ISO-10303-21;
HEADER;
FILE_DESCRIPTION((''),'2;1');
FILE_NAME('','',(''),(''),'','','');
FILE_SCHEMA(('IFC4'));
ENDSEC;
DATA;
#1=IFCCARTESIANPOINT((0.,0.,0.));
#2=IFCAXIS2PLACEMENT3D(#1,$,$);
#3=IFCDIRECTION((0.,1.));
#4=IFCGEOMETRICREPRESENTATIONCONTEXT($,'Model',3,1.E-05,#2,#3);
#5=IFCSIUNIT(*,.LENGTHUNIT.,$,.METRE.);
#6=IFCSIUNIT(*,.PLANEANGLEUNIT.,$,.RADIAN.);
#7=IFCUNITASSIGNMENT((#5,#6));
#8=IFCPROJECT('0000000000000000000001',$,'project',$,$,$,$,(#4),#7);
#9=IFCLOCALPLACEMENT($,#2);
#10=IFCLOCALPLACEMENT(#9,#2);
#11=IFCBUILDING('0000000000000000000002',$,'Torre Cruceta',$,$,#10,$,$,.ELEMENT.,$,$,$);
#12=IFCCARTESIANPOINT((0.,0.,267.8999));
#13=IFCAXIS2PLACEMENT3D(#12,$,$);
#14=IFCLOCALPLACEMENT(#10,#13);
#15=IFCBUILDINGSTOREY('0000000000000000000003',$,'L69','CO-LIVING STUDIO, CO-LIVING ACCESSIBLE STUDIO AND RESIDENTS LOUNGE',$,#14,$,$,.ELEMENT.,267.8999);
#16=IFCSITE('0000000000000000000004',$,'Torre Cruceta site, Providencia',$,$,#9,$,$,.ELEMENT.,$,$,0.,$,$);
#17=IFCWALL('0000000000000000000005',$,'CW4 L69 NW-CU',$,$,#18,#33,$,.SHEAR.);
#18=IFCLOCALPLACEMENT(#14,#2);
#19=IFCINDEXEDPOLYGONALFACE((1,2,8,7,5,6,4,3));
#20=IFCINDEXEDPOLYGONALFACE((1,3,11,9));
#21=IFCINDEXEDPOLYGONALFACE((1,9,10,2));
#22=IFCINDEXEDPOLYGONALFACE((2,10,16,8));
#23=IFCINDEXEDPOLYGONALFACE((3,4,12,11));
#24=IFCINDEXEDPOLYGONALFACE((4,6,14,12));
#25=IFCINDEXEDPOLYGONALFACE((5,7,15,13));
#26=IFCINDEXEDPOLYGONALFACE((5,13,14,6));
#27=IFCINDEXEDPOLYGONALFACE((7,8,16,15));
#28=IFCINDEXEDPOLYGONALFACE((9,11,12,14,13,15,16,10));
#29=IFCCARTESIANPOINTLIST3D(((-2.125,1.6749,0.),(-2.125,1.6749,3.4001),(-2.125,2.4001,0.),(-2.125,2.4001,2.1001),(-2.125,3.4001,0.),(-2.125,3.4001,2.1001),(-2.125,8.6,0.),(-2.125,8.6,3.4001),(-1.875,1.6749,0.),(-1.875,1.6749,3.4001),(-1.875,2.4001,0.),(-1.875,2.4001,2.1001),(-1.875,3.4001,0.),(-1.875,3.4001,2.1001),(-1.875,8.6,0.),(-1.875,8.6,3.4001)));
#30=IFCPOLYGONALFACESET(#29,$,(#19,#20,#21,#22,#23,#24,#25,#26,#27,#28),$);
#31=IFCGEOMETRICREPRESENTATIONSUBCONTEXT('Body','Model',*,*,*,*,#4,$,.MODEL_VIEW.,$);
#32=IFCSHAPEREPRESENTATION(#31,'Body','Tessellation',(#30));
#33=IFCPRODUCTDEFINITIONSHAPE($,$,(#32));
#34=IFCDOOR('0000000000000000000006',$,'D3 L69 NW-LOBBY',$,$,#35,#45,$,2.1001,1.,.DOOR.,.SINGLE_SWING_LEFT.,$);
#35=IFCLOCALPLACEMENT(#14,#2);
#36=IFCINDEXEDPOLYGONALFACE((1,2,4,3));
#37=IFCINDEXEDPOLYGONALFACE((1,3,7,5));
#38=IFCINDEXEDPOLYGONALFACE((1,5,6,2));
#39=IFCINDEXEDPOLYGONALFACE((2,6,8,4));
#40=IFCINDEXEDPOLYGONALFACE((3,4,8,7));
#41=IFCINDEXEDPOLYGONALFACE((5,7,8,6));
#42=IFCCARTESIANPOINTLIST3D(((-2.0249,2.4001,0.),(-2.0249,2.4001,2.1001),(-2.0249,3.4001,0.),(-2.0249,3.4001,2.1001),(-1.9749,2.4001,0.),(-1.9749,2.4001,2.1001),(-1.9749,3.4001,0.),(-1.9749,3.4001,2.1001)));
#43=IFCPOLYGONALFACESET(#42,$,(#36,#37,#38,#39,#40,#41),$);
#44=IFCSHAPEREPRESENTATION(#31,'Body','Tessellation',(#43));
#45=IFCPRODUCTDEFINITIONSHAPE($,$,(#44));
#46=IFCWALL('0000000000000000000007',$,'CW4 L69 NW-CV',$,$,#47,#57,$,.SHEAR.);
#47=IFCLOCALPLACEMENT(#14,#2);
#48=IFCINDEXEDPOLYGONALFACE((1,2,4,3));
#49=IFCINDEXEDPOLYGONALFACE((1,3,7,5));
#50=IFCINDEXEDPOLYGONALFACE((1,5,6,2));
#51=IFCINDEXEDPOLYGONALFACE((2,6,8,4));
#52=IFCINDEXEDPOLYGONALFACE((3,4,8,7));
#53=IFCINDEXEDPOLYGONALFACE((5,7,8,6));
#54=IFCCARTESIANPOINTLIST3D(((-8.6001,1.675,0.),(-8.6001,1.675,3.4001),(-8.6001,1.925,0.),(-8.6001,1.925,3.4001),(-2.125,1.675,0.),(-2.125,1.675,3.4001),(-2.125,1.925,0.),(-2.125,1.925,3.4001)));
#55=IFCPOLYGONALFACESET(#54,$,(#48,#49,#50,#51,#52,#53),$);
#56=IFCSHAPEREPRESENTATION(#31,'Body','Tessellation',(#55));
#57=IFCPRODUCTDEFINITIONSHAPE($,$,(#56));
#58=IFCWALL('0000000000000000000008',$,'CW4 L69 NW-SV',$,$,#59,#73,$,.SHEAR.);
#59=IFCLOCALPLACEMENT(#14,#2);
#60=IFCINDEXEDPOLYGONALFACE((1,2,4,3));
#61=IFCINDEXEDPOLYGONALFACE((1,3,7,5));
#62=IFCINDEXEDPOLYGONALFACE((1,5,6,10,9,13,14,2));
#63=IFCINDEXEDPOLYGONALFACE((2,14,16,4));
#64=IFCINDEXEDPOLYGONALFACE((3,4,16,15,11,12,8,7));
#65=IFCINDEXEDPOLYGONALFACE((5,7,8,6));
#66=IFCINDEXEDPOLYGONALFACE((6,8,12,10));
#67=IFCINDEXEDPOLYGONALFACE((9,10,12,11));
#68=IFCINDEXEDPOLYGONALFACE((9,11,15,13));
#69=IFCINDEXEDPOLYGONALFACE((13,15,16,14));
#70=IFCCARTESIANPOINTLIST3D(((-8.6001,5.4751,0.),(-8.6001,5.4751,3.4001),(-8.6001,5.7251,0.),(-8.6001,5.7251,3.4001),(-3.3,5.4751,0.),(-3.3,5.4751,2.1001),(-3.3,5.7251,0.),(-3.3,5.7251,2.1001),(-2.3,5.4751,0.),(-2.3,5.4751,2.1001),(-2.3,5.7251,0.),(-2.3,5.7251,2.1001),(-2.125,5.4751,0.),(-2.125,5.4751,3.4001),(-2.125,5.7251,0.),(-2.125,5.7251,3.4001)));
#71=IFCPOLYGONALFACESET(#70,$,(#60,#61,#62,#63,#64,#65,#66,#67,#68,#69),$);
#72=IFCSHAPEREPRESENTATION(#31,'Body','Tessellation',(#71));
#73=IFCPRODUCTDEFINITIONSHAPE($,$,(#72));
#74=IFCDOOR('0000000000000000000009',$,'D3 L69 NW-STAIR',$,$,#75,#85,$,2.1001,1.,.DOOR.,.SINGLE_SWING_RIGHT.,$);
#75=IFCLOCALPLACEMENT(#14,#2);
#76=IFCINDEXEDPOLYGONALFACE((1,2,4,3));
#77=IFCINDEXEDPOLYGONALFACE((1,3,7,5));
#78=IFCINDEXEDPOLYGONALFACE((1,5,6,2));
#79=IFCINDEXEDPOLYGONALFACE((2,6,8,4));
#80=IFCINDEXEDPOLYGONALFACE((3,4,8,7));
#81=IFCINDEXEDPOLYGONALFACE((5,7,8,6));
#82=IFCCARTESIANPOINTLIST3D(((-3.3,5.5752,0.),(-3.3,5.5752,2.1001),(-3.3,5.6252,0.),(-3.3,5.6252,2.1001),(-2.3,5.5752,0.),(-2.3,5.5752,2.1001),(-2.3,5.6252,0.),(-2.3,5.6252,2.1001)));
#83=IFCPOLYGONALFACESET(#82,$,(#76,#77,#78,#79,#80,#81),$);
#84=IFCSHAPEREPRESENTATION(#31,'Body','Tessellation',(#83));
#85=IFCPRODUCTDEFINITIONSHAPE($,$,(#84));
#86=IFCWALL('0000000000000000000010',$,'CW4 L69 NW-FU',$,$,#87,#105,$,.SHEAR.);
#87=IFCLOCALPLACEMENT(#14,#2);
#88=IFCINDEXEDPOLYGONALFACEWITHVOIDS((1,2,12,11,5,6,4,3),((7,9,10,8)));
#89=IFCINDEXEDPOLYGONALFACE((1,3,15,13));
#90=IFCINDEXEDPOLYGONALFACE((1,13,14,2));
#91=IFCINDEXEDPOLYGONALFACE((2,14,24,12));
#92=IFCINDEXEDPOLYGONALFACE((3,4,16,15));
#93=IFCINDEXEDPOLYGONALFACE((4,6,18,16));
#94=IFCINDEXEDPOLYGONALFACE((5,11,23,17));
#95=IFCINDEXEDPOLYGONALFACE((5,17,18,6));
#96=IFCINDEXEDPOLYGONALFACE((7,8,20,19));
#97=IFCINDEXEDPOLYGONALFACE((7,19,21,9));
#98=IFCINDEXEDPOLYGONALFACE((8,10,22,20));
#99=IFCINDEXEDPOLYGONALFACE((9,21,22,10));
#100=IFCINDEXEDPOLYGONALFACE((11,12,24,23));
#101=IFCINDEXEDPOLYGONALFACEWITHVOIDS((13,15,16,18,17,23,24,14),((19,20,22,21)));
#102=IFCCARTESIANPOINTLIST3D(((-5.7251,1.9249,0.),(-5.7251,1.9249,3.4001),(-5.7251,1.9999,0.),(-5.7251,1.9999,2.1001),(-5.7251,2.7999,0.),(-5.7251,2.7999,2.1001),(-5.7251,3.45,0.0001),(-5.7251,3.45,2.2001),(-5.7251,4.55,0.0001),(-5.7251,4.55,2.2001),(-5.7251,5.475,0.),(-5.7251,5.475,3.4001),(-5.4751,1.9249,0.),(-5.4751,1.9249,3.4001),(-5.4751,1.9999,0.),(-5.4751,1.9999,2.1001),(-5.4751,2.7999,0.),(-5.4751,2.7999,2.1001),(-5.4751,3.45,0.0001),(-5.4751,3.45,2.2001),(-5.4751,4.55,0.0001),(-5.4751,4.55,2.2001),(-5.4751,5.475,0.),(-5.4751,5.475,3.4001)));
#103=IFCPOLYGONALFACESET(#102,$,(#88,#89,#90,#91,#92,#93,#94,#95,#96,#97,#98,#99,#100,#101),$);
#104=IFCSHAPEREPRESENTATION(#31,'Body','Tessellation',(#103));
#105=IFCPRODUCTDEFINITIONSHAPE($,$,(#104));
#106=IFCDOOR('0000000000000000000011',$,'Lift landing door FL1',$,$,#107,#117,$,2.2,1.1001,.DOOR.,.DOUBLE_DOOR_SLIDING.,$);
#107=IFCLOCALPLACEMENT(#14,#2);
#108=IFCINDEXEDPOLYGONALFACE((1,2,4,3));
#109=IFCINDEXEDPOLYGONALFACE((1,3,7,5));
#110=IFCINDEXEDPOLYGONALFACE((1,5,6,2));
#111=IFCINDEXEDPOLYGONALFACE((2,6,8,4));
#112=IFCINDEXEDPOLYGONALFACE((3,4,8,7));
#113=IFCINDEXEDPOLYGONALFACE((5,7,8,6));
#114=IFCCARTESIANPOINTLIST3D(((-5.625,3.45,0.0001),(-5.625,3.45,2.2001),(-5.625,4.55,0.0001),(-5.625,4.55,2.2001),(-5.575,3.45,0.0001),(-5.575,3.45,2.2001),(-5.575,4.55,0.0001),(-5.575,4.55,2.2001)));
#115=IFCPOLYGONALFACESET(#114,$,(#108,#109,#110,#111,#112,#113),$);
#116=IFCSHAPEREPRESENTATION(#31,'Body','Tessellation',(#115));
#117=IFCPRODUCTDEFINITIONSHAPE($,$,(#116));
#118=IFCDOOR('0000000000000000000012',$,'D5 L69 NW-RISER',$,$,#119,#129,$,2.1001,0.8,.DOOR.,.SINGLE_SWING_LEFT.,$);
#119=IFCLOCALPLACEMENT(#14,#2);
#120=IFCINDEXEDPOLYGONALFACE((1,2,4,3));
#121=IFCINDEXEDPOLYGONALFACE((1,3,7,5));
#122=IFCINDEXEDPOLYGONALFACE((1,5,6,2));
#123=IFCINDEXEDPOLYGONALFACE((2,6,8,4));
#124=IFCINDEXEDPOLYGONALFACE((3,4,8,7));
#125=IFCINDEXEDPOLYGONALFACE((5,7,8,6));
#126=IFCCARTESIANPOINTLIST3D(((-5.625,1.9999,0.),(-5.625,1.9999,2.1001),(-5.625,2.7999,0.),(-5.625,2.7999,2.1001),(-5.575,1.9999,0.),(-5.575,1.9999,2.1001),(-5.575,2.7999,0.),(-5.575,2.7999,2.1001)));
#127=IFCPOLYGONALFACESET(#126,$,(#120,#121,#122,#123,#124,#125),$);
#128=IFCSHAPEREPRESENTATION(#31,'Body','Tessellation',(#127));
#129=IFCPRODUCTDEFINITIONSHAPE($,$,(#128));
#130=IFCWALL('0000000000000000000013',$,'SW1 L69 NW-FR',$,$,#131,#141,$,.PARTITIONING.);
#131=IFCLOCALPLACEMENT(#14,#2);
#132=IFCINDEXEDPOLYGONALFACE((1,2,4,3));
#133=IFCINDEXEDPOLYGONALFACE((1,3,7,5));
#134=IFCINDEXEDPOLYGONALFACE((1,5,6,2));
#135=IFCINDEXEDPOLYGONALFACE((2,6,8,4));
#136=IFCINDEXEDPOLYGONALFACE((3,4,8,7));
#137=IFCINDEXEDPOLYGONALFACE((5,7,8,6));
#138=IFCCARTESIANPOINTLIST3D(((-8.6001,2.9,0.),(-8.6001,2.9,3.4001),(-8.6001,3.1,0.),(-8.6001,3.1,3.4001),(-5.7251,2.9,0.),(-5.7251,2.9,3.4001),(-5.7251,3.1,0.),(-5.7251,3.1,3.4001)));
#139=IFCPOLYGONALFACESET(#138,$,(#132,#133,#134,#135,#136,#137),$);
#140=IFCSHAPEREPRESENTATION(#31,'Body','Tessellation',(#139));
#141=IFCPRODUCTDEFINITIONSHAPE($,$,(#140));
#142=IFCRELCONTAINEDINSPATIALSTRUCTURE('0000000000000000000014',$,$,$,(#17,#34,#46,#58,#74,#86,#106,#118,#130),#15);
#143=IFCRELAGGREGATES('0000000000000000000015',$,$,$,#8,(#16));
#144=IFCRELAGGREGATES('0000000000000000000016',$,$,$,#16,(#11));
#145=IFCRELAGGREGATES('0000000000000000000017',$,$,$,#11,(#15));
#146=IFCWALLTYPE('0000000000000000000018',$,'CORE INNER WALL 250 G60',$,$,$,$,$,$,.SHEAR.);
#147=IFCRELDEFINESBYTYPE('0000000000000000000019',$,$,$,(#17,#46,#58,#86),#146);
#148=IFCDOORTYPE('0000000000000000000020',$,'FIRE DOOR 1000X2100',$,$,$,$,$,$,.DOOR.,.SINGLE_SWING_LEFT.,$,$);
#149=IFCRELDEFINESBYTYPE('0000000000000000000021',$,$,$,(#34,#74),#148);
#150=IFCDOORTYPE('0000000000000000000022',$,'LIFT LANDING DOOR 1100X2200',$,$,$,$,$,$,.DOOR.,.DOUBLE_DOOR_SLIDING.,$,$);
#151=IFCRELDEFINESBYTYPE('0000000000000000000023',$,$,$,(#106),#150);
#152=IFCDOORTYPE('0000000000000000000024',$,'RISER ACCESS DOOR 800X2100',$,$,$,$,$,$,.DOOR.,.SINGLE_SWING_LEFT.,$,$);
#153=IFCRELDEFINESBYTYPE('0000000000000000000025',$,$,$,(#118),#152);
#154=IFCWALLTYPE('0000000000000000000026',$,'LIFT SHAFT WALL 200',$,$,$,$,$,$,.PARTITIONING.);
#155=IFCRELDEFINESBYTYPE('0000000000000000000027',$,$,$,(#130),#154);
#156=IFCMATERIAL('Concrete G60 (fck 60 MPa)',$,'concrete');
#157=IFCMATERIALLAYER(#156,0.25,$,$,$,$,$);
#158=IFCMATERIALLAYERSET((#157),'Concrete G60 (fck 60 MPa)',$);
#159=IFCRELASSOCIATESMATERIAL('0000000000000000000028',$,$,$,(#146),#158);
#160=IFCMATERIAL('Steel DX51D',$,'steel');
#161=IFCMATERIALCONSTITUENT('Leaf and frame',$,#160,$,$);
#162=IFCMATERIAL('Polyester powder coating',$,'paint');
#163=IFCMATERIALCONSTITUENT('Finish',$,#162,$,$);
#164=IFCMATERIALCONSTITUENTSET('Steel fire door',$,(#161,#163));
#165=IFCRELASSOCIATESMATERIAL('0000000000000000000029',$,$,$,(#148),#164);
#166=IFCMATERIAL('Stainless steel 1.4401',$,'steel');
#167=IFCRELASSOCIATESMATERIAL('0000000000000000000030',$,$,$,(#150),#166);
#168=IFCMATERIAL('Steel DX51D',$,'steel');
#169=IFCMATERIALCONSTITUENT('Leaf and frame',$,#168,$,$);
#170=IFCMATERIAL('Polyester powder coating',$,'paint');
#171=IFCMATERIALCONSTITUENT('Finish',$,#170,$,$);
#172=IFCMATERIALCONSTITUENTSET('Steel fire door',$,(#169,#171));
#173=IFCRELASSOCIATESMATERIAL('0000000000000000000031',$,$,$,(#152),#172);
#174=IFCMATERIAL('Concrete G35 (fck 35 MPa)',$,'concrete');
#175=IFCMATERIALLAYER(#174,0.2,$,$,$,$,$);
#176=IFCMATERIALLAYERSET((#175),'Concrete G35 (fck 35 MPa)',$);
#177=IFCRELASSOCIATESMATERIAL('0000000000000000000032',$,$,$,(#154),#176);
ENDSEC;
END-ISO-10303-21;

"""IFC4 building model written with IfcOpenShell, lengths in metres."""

from ifc_helpers import new_model, si_unit, direction, frame, frame_2d, origin, place, context, subcontext, project, spatial, rectangle, extrude, material, layer, layer_set, constituent, constituent_set, type_object, element, fill, save


model = new_model("IFC4")

# Units and contexts
model_context = context("Model", 3, precision=1e-05, world=origin(), true_north=direction((0.0, 1.0)))
body_context = subcontext(model_context, "Body", "Model", "MODEL_VIEW")
ifc_project = project(units=[si_unit("LENGTHUNIT", "METRE"), si_unit("PLANEANGLEUNIT", "RADIAN")], contexts=[model_context])

# Site, building, storey
site_placement = place(None, origin())
site = spatial("IfcSite", under=ifc_project, at=site_placement, Name="Torre Cruceta site, Providencia", CompositionType="ELEMENT", RefElevation=0.0)
building_placement = place(site_placement, origin())
building = spatial("IfcBuilding", under=site, at=building_placement, Name="Torre Cruceta", CompositionType="ELEMENT")
storey_placement = place(building_placement, frame((0.0, 0.0, 267.8999)))
storey = spatial("IfcBuildingStorey", under=building, at=storey_placement, Name="L69", Description="CO-LIVING STUDIO, CO-LIVING ACCESSIBLE STUDIO AND RESIDENTS LOUNGE", CompositionType="ELEMENT", Elevation=267.8999)

# Wall, opening, door
ifc_material_1 = material(Name="Concrete G60 (fck 60 MPa)", Category="concrete")
ifc_layer_1 = layer(ifc_material_1, 0.25)
ifc_layer_set_1 = layer_set([ifc_layer_1], Name="Concrete G60 (fck 60 MPa)")
wall_type_1 = type_object("IfcWallType", Name="CORE INNER WALL 250 G60", PredefinedType="SHEAR", material=ifc_layer_set_1)
wall_1_placement = place(storey_placement, frame((-2.0, 1.675, 0.0), z_axis=(0.0, 0.0, 1.0), x_axis=(0.0, 1.0, 0.0)))
wall_1 = element("IfcWall", 1, at=wall_1_placement, inside=storey, type_object=wall_type_1, Name="CW4 L69 NW-CU", PredefinedType="SHEAR", context=body_context, shape_type="SweptSolid", body=[
    extrude(rectangle(XDim=6.925, YDim=0.25, at=frame_2d((3.4624, 0.0))), origin(), (0.0, 0.0, 1.0), 3.4001),
])
opening_1_placement = place(wall_1_placement, frame((0.7251, 0.0, 0.0)))
opening_1 = element("IfcOpeningElement", 2, at=opening_1_placement, cuts=wall_1, PredefinedType="OPENING", context=body_context, shape_type="SweptSolid", body=[
    extrude(rectangle(XDim=1.0, YDim=2.1001, at=frame_2d((0.5, 1.05))), frame((0.0, 0.135, 0.0), z_axis=(0.0, -1.0, 0.0), x_axis=(1.0, 0.0, 0.0)), (0.0, 0.0, 1.0), 0.27),
])
ifc_material_2 = material(Name="Steel DX51D", Category="steel")
ifc_constituent_1 = constituent(ifc_material_2, Name="Leaf and frame")
ifc_material_3 = material(Name="Polyester powder coating", Category="paint")
ifc_constituent_2 = constituent(ifc_material_3, Name="Finish")
ifc_constituent_set_1 = constituent_set(constituents=[ifc_constituent_1, ifc_constituent_2], Name="Steel fire door")
door_type_1 = type_object("IfcDoorType", Name="FIRE DOOR 1000X2100", OperationType="SINGLE_SWING_LEFT", PredefinedType="DOOR", material=ifc_constituent_set_1)
door_1_placement = place(opening_1_placement, origin())
door_1 = element("IfcDoor", 3, at=door_1_placement, inside=storey, type_object=door_type_1, Name="D3 L69 NW-LOBBY", OperationType="SINGLE_SWING_LEFT", OverallHeight=2.1001, OverallWidth=1.0, PredefinedType="DOOR", context=body_context, shape_type="SweptSolid", body=[
    extrude(rectangle(XDim=1.0, YDim=2.1001, at=frame_2d((0.5, 1.05))), frame((0.0, 0.0249, 0.0), z_axis=(0.0, -1.0, 0.0), x_axis=(1.0, 0.0, 0.0)), (0.0, 0.0, 1.0), 0.05),
])
fill(opening_1, door_1)

# Wall
wall_2_placement = place(storey_placement, frame((-2.125, 1.8, 0.0), z_axis=(0.0, 0.0, 1.0), x_axis=(-1.0, 0.0, 0.0)))
element("IfcWall", 4, at=wall_2_placement, inside=storey, type_object=wall_type_1, Name="CW4 L69 NW-CV", PredefinedType="SHEAR", context=body_context, shape_type="SweptSolid", body=[
    extrude(rectangle(XDim=6.4751, YDim=0.25, at=frame_2d((3.2375, 0.0))), origin(), (0.0, 0.0, 1.0), 3.4001),
])

# Wall, opening, door
wall_3_placement = place(storey_placement, frame((-2.125, 5.6001, 0.0), z_axis=(0.0, 0.0, 1.0), x_axis=(-1.0, 0.0, 0.0)))
wall_3 = element("IfcWall", 5, at=wall_3_placement, inside=storey, type_object=wall_type_1, Name="CW4 L69 NW-SV", PredefinedType="SHEAR", context=body_context, shape_type="SweptSolid", body=[
    extrude(rectangle(XDim=6.4751, YDim=0.25, at=frame_2d((3.2375, 0.0))), origin(), (0.0, 0.0, 1.0), 3.4001),
])
opening_2_placement = place(wall_3_placement, frame((0.175, 0.0, 0.0)))
opening_2 = element("IfcOpeningElement", 6, at=opening_2_placement, cuts=wall_3, PredefinedType="OPENING", context=body_context, shape_type="SweptSolid", body=[
    extrude(rectangle(XDim=1.0, YDim=2.1001, at=frame_2d((0.5, 1.05))), frame((0.0, 0.135, 0.0), z_axis=(0.0, -1.0, 0.0), x_axis=(1.0, 0.0, 0.0)), (0.0, 0.0, 1.0), 0.27),
])
door_2_placement = place(opening_2_placement, frame((1.0, 0.0, 0.0), z_axis=(0.0, 0.0, 1.0), x_axis=(-1.0, 0.0, 0.0)))
door_2 = element("IfcDoor", 7, at=door_2_placement, inside=storey, type_object=door_type_1, Name="D3 L69 NW-STAIR", OperationType="SINGLE_SWING_RIGHT", OverallHeight=2.1001, OverallWidth=1.0, PredefinedType="DOOR", context=body_context, shape_type="SweptSolid", body=[
    extrude(rectangle(XDim=1.0, YDim=2.1001, at=frame_2d((0.5, 1.05))), frame((0.0, 0.0251, 0.0), z_axis=(0.0, -1.0, 0.0), x_axis=(1.0, 0.0, 0.0)), (0.0, 0.0, 1.0), 0.05),
])
fill(opening_2, door_2)

# Wall, openings, doors
wall_4_placement = place(storey_placement, frame((-5.6001, 1.925, 0.0), z_axis=(0.0, 0.0, 1.0), x_axis=(0.0, 1.0, 0.0)))
wall_4 = element("IfcWall", 8, at=wall_4_placement, inside=storey, type_object=wall_type_1, Name="CW4 L69 NW-FU", PredefinedType="SHEAR", context=body_context, shape_type="SweptSolid", body=[
    extrude(rectangle(XDim=3.55, YDim=0.25, at=frame_2d((1.7749, 0.0))), origin(), (0.0, 0.0, 1.0), 3.4001),
])
opening_3_placement = place(wall_4_placement, frame((1.5249, 0.0, 0.0)))
opening_3 = element("IfcOpeningElement", 9, at=opening_3_placement, cuts=wall_4, PredefinedType="OPENING", context=body_context, shape_type="SweptSolid", body=[
    extrude(rectangle(XDim=1.1001, YDim=2.2, at=frame_2d((0.55, 1.1001))), frame((0.0, 0.135, 0.0), z_axis=(0.0, -1.0, 0.0), x_axis=(1.0, 0.0, 0.0)), (0.0, 0.0, 1.0), 0.27),
])
opening_4_placement = place(wall_4_placement, frame((0.075, 0.0, 0.0)))
opening_4 = element("IfcOpeningElement", 10, at=opening_4_placement, cuts=wall_4, PredefinedType="OPENING", context=body_context, shape_type="SweptSolid", body=[
    extrude(rectangle(XDim=0.8, YDim=2.1001, at=frame_2d((0.3999, 1.05))), frame((0.0, 0.135, 0.0), z_axis=(0.0, -1.0, 0.0), x_axis=(1.0, 0.0, 0.0)), (0.0, 0.0, 1.0), 0.27),
])
ifc_material_4 = material(Name="Stainless steel 1.4401", Category="steel")
door_type_2 = type_object("IfcDoorType", Name="LIFT LANDING DOOR 1100X2200", OperationType="DOUBLE_DOOR_SLIDING", PredefinedType="DOOR", material=ifc_material_4)
door_3_placement = place(opening_3_placement, origin())
door_3 = element("IfcDoor", 11, at=door_3_placement, inside=storey, type_object=door_type_2, Name="Lift landing door FL1", OperationType="DOUBLE_DOOR_SLIDING", OverallHeight=2.2, OverallWidth=1.1001, PredefinedType="DOOR", context=body_context, shape_type="SweptSolid", body=[
    extrude(rectangle(XDim=1.1001, YDim=2.2, at=frame_2d((0.55, 1.1001))), frame((0.0, 0.0249, 0.0), z_axis=(0.0, -1.0, 0.0), x_axis=(1.0, 0.0, 0.0)), (0.0, 0.0, 1.0), 0.05),
])
fill(opening_3, door_3)
ifc_material_5 = material(Name="Steel DX51D", Category="steel")
ifc_constituent_3 = constituent(ifc_material_5, Name="Leaf and frame")
ifc_material_6 = material(Name="Polyester powder coating", Category="paint")
ifc_constituent_4 = constituent(ifc_material_6, Name="Finish")
ifc_constituent_set_2 = constituent_set(constituents=[ifc_constituent_3, ifc_constituent_4], Name="Steel fire door")
door_type_3 = type_object("IfcDoorType", Name="RISER ACCESS DOOR 800X2100", OperationType="SINGLE_SWING_LEFT", PredefinedType="DOOR", material=ifc_constituent_set_2)
door_4_placement = place(opening_4_placement, origin())
door_4 = element("IfcDoor", 12, at=door_4_placement, inside=storey, type_object=door_type_3, Name="D5 L69 NW-RISER", OperationType="SINGLE_SWING_LEFT", OverallHeight=2.1001, OverallWidth=0.8, PredefinedType="DOOR", context=body_context, shape_type="SweptSolid", body=[
    extrude(rectangle(XDim=0.8, YDim=2.1001, at=frame_2d((0.3999, 1.05))), frame((0.0, 0.0249, 0.0), z_axis=(0.0, -1.0, 0.0), x_axis=(1.0, 0.0, 0.0)), (0.0, 0.0, 1.0), 0.05),
])
fill(opening_4, door_4)

# Wall
ifc_material_7 = material(Name="Concrete G35 (fck 35 MPa)", Category="concrete")
ifc_layer_2 = layer(ifc_material_7, 0.2)
ifc_layer_set_2 = layer_set([ifc_layer_2], Name="Concrete G35 (fck 35 MPa)")
wall_type_2 = type_object("IfcWallType", Name="LIFT SHAFT WALL 200", PredefinedType="PARTITIONING", material=ifc_layer_set_2)
wall_5_placement = place(storey_placement, frame((-5.7251, 3.0, 0.0), z_axis=(0.0, 0.0, 1.0), x_axis=(-1.0, 0.0, 0.0)))
element("IfcWall", 13, at=wall_5_placement, inside=storey, type_object=wall_type_2, Name="SW1 L69 NW-FR", PredefinedType="PARTITIONING", context=body_context, shape_type="SweptSolid", body=[
    extrude(rectangle(XDim=2.875, YDim=0.2, at=frame_2d((1.4375, 0.0))), origin(), (0.0, 0.0, 1.0), 3.4001),
])

save(model, "model.ifc")
